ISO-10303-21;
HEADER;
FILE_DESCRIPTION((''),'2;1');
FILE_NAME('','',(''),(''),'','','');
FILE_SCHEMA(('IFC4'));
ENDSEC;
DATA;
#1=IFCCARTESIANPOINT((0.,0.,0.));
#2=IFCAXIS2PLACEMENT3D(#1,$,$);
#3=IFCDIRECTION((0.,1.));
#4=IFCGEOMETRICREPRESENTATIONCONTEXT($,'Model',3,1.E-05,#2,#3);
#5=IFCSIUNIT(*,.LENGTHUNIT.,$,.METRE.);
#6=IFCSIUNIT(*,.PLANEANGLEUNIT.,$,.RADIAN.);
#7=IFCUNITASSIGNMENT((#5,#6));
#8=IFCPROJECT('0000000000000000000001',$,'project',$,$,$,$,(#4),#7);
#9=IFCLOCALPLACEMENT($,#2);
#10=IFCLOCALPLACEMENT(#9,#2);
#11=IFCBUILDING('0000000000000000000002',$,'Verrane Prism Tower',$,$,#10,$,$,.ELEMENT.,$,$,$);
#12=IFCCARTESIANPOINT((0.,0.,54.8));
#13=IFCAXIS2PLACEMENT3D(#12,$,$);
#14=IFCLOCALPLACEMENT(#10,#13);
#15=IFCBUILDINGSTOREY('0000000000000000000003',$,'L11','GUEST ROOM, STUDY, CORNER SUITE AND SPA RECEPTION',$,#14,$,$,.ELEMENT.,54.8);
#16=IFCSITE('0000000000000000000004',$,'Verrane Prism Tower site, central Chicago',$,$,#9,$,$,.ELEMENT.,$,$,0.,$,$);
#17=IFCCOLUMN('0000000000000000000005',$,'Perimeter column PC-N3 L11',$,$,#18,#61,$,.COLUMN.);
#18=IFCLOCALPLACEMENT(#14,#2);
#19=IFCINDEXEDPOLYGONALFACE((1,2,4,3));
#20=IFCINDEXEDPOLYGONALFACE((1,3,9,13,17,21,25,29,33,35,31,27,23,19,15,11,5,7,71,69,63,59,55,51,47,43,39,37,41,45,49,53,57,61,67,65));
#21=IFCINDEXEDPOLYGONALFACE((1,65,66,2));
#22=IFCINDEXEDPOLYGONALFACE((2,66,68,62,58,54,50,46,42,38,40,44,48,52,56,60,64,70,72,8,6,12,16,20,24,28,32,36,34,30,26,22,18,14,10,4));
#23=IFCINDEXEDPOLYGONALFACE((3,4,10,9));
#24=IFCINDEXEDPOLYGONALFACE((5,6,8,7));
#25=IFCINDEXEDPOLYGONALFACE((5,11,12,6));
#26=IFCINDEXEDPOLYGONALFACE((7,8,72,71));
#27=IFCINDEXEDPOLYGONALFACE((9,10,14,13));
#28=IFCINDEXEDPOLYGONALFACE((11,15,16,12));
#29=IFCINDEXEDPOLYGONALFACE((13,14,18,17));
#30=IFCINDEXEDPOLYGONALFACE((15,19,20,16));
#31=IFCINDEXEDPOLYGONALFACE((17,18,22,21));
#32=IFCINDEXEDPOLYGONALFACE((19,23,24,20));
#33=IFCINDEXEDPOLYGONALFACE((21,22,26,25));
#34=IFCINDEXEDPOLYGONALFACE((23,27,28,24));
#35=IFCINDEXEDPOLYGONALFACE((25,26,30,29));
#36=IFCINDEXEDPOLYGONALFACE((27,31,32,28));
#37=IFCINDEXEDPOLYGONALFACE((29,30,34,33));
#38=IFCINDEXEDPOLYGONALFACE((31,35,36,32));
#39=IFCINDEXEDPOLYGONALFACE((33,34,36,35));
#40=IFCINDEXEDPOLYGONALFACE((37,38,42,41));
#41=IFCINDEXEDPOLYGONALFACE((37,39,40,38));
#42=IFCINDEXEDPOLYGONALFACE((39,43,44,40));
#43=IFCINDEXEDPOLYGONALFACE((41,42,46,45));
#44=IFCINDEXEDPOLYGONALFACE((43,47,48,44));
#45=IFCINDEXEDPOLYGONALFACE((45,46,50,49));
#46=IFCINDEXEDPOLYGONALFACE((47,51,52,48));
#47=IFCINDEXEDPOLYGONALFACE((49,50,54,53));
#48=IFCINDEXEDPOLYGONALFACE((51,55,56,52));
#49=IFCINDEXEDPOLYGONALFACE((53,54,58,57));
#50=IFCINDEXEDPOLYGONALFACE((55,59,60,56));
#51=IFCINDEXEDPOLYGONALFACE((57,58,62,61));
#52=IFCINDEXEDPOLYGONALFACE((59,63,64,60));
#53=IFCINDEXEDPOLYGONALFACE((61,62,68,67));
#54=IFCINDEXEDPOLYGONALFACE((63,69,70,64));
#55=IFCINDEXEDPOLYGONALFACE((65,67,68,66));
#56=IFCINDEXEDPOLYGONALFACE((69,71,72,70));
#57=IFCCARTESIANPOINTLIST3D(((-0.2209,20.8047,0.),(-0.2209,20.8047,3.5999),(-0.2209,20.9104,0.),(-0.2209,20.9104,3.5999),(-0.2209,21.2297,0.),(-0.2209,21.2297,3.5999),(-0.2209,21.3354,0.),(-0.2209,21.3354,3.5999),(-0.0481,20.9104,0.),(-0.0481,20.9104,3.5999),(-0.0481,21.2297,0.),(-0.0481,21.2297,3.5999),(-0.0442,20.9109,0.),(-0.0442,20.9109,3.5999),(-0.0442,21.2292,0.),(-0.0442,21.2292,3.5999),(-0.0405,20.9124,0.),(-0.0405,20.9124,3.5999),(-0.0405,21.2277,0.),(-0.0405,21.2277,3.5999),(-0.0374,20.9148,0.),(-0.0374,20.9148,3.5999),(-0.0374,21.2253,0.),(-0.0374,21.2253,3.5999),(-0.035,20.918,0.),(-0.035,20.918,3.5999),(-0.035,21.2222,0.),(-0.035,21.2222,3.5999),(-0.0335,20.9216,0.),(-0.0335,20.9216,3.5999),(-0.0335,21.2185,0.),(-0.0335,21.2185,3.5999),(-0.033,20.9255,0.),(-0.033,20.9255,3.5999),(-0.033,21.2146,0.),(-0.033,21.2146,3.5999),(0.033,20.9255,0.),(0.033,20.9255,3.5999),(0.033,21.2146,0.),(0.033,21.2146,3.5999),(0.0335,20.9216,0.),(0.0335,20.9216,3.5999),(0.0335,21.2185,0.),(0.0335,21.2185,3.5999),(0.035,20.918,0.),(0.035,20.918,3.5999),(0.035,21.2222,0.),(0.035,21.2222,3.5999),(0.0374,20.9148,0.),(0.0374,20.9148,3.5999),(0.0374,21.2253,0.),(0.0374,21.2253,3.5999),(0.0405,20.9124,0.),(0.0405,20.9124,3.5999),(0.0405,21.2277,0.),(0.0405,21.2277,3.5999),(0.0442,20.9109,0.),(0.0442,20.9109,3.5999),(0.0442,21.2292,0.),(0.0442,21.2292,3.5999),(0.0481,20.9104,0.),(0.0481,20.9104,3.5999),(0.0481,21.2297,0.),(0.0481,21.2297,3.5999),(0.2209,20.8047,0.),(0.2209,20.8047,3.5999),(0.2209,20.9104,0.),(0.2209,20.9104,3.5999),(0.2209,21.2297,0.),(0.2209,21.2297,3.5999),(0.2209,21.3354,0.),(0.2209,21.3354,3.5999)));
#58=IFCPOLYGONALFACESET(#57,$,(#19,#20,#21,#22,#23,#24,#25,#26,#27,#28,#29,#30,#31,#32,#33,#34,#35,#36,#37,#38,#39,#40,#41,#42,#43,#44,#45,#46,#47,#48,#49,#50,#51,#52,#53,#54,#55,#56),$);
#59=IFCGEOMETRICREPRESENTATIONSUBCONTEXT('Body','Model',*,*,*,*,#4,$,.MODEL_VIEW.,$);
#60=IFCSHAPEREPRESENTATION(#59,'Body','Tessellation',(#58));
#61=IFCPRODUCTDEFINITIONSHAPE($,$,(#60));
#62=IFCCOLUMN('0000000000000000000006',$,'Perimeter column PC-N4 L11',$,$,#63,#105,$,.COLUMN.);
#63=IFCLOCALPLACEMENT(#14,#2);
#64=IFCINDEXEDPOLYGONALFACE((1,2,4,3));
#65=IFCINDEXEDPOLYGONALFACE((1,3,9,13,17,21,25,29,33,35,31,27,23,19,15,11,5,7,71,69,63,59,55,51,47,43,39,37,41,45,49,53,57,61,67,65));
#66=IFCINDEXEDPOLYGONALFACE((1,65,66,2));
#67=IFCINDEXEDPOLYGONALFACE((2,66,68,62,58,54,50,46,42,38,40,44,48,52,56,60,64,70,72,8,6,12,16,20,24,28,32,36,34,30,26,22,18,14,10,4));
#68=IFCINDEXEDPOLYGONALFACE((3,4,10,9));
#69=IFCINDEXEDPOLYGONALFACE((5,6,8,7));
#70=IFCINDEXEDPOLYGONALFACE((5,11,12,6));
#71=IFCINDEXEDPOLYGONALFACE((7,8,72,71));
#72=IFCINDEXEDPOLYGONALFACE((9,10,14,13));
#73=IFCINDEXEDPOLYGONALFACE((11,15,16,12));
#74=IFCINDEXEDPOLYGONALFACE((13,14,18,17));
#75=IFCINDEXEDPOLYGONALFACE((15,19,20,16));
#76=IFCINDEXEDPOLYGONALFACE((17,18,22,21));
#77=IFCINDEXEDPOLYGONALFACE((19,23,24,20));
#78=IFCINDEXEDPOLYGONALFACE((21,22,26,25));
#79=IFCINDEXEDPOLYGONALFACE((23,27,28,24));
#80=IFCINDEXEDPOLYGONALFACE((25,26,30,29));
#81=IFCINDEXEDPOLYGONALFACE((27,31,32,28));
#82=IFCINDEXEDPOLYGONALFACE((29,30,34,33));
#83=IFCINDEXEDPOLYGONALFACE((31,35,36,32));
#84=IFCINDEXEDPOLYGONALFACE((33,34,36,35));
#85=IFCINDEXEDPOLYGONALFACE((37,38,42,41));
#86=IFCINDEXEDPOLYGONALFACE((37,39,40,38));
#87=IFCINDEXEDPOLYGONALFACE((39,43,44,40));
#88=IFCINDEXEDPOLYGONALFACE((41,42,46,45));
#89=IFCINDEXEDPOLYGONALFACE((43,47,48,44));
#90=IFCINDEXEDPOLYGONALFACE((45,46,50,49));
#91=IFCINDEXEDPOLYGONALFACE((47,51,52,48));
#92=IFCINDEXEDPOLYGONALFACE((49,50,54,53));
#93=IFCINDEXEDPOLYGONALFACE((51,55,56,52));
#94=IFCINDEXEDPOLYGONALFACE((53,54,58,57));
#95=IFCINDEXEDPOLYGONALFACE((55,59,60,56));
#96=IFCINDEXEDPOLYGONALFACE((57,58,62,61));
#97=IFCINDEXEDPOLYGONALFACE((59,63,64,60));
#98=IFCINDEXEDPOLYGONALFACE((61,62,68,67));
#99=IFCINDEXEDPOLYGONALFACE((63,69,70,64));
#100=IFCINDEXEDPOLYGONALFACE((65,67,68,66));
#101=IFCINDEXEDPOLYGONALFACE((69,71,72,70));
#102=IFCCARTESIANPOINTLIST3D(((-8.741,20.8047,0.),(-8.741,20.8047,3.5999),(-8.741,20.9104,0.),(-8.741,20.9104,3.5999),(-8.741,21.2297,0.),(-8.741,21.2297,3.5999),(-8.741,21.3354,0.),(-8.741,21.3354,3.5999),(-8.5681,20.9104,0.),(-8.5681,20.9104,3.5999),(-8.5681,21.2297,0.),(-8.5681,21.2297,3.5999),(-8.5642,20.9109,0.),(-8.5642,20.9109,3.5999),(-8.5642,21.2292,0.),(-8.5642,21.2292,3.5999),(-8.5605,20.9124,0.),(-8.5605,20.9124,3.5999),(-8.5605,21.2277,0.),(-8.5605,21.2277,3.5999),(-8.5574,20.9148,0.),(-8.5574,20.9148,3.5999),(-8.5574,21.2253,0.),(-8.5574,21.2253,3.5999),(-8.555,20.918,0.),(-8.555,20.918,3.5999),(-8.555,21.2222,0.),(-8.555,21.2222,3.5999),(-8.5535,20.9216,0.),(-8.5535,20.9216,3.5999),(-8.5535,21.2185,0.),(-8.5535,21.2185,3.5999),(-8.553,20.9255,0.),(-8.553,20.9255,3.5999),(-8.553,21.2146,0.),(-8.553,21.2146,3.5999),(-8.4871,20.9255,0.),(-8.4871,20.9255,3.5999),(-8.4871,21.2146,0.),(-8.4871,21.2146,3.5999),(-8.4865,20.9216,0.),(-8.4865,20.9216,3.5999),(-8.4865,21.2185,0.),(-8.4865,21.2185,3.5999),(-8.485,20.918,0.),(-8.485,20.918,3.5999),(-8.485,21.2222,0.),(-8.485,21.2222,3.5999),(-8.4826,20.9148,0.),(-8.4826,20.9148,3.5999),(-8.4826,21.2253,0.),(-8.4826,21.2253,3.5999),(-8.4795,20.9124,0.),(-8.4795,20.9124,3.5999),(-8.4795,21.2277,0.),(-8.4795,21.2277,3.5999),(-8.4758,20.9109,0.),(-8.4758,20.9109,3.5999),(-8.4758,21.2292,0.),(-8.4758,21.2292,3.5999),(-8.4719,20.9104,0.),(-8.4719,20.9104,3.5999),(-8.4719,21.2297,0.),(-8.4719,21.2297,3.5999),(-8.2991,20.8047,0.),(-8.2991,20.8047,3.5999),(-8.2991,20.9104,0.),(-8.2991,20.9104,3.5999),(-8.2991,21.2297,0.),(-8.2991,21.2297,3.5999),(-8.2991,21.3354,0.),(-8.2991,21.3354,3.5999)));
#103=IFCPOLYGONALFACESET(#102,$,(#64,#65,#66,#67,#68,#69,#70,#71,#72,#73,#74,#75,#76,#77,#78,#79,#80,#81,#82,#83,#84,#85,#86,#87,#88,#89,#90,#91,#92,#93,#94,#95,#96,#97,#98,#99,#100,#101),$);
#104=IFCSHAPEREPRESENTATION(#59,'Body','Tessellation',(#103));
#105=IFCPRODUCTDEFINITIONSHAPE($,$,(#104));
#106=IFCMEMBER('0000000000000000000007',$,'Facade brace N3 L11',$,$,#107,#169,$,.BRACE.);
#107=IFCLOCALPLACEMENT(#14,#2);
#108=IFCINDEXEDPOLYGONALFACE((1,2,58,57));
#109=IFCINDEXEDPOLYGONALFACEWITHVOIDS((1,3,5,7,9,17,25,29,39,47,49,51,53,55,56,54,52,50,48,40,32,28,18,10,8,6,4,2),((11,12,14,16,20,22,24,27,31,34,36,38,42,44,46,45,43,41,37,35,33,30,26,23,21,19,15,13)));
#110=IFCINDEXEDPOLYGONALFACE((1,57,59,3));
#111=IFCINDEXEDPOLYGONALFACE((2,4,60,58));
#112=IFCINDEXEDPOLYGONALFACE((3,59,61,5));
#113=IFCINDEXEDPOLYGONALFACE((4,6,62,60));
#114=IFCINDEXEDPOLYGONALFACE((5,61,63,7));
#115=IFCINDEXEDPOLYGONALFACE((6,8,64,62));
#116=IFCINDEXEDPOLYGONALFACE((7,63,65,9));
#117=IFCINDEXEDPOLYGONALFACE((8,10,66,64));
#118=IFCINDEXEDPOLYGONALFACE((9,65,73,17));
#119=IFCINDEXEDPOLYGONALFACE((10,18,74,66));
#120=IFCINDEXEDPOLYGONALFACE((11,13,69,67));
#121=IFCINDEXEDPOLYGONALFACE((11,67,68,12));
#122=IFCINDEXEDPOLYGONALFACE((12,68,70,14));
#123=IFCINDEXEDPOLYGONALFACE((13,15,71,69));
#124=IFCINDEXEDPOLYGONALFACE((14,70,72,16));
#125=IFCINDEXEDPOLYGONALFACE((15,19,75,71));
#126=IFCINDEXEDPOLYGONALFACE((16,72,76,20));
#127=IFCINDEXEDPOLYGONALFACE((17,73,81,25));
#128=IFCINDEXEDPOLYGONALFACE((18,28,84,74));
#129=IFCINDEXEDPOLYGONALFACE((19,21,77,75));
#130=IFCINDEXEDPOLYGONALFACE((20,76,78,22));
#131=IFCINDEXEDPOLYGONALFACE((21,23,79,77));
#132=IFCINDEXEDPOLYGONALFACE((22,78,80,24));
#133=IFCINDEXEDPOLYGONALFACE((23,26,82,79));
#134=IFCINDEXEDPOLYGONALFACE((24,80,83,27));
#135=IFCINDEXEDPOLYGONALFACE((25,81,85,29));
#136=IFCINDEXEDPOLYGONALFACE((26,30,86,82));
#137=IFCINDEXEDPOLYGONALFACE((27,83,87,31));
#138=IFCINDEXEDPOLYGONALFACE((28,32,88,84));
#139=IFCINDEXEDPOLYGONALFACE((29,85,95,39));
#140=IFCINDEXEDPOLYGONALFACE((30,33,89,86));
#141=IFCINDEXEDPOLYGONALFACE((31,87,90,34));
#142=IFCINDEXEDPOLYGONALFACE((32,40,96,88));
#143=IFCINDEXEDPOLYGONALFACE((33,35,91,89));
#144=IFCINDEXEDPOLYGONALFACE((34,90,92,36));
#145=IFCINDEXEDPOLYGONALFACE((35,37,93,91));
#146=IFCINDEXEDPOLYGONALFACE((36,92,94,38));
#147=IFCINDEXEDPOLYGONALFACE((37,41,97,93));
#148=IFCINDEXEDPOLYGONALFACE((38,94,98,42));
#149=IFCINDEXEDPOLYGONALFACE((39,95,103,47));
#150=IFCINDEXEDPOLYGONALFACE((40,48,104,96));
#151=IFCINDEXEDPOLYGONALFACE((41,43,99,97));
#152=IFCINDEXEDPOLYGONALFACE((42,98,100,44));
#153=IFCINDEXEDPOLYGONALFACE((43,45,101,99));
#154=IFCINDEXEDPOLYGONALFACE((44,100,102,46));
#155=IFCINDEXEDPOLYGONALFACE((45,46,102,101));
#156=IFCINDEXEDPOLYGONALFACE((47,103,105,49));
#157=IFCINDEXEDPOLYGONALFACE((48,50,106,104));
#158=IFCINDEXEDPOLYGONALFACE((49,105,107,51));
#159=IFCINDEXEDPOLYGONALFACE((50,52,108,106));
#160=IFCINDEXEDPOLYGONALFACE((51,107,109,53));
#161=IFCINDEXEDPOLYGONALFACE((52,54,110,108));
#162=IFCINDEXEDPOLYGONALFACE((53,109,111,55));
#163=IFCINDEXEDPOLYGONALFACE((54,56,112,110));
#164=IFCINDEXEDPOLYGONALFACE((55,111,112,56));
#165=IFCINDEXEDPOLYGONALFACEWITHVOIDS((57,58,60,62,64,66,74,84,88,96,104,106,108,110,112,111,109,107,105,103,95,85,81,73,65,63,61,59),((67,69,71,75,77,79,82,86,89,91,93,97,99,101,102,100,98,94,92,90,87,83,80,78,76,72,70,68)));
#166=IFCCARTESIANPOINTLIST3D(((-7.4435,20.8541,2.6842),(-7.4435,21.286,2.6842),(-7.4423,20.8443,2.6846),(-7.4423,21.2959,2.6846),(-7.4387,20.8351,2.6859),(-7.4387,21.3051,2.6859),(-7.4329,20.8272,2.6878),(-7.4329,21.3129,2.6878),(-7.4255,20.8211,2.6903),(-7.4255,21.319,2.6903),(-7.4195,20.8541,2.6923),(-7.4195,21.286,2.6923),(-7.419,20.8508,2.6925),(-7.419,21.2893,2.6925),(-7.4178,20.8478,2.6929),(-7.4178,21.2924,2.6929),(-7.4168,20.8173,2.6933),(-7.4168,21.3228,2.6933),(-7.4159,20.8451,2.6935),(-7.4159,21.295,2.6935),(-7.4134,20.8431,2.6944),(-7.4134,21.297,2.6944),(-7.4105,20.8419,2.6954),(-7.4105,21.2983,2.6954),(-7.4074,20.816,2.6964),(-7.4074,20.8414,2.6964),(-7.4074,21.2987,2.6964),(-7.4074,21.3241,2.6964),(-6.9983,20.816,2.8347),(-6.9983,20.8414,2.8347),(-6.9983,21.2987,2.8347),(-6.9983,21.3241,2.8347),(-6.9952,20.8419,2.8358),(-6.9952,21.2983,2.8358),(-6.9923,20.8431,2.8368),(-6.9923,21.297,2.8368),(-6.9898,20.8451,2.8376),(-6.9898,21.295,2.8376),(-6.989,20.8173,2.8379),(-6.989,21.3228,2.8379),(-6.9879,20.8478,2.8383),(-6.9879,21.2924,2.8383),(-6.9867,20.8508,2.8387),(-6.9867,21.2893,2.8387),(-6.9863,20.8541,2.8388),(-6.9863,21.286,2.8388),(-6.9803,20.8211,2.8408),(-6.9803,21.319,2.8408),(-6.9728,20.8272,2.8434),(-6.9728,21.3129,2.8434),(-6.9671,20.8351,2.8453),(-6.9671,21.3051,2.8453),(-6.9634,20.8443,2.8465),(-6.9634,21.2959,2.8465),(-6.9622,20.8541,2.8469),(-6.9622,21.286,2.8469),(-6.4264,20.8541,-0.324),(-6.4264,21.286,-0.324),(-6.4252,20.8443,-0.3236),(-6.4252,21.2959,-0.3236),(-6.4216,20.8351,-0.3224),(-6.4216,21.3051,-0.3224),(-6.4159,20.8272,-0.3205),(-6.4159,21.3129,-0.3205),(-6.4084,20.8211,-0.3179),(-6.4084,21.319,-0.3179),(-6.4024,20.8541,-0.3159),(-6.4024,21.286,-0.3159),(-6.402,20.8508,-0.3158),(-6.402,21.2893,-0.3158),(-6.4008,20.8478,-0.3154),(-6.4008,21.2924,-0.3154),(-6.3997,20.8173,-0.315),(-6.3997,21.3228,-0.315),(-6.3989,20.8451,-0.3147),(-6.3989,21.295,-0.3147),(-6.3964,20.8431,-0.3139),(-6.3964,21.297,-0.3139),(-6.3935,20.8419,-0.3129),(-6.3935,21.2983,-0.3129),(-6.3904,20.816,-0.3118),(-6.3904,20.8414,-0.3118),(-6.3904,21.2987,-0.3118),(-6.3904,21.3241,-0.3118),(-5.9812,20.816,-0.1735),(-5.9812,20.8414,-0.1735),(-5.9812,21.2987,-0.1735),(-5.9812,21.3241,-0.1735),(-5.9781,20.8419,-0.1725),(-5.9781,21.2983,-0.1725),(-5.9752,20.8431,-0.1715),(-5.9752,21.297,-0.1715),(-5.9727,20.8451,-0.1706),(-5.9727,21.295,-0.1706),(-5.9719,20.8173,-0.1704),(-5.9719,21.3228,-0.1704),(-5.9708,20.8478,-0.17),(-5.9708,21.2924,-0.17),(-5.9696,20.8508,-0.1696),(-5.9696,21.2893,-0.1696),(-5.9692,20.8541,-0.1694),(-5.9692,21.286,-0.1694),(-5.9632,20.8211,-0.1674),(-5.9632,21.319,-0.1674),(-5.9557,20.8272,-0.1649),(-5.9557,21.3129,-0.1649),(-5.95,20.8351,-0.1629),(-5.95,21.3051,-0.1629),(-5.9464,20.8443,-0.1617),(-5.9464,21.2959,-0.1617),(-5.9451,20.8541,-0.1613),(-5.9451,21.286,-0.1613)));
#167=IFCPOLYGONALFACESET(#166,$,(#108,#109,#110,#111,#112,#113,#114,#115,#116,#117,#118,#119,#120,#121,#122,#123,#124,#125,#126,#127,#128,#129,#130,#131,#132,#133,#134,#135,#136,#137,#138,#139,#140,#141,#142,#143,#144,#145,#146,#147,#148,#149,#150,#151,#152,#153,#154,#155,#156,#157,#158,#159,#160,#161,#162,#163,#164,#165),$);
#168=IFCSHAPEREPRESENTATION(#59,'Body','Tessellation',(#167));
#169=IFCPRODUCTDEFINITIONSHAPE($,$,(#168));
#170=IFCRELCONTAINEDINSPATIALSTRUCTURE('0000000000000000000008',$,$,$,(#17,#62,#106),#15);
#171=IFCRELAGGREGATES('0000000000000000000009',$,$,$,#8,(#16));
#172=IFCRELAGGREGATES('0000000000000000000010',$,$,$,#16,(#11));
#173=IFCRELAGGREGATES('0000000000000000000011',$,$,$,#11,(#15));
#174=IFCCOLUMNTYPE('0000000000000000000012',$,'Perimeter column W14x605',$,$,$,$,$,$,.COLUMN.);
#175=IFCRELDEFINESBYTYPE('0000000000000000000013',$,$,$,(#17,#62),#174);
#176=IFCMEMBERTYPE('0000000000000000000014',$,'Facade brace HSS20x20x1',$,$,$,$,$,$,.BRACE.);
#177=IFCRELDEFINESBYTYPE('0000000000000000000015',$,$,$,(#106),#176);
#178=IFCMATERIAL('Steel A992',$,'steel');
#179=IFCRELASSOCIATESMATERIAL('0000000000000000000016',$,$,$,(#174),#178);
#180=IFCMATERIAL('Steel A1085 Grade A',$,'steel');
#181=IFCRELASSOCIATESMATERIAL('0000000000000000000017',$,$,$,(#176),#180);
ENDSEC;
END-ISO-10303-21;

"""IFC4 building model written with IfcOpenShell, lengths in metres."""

from ifc_helpers import new_model, si_unit, direction, frame, origin, origin_2d, place, context, subcontext, project, spatial, hollow_rectangle, i_section, extrude, material, material_profile, profile_set, type_object, element, save


model = new_model("IFC4")

# Units and contexts
model_context = context("Model", 3, precision=1e-05, world=origin(), true_north=direction((0.0, 1.0)))
body_context = subcontext(model_context, "Body", "Model", "MODEL_VIEW")
ifc_project = project(units=[si_unit("LENGTHUNIT", "METRE"), si_unit("PLANEANGLEUNIT", "RADIAN")], contexts=[model_context])

# Site, building, storey
site_placement = place(None, origin())
site = spatial("IfcSite", under=ifc_project, at=site_placement, Name="Verrane Prism Tower site, central Chicago", CompositionType="ELEMENT", RefElevation=0.0)
building_placement = place(site_placement, origin())
building = spatial("IfcBuilding", under=site, at=building_placement, Name="Verrane Prism Tower", CompositionType="ELEMENT")
storey_placement = place(building_placement, frame((0.0, 0.0, 54.8)))
storey = spatial("IfcBuildingStorey", under=building, at=storey_placement, Name="L11", Description="GUEST ROOM, STUDY, CORNER SUITE AND SPA RECEPTION", CompositionType="ELEMENT", Elevation=54.8)

# Columns
ifc_material_1 = material(Name="Steel A992", Category="steel")
ifc_material_profile_1 = material_profile(ifc_material_1, i_section(OverallWidth=0.4419, OverallDepth=0.5308, WebThickness=0.0659, FlangeThickness=0.1057, FilletRadius=0.0151, at=origin_2d()), Name="W14x605")
ifc_profile_set_1 = profile_set([ifc_material_profile_1], Name="Steel A992")
column_type = type_object("IfcColumnType", Name="Perimeter column W14x605", PredefinedType="COLUMN", material=ifc_profile_set_1)
for number, where, z_axis, x_axis, name in (
    (1, (0.0, 21.0701, 0.0), (0.0, 0.0, 1.0), (1.0, 0.0, 0.0), "Perimeter column PC-N3 L11"),
    (2, (-8.52, 21.0701, 0.0), (0.0, 0.0, 1.0), (1.0, 0.0, 0.0), "Perimeter column PC-N4 L11"),
):
    element("IfcColumn", number, at=place(storey_placement, frame(where, z_axis=z_axis, x_axis=x_axis)), inside=storey, type_object=column_type, Name=name, PredefinedType="COLUMN", context=body_context, shape_type="SweptSolid", body=[
        extrude(i_section(OverallWidth=0.4419, OverallDepth=0.5308, WebThickness=0.0659, FlangeThickness=0.1057, FilletRadius=0.0151, at=origin_2d()), origin(), (0.0, 0.0, 1.0), 3.5999),
    ])

# Member
ifc_material_2 = material(Name="Steel A1085 Grade A", Category="steel")
ifc_material_profile_2 = material_profile(ifc_material_2, hollow_rectangle(XDim=0.5081, YDim=0.5081, WallThickness=0.0254, InnerFilletRadius=0.0127, OuterFilletRadius=0.0381, at=origin_2d()), Name="HSS20x20x1")
ifc_profile_set_2 = profile_set([ifc_material_profile_2], Name="Steel A1085 Grade A")
member_type_1 = type_object("IfcMemberType", Name="Facade brace HSS20x20x1", PredefinedType="BRACE", material=ifc_profile_set_2)
member_1_placement = place(storey_placement, frame((-6.1858, 21.0701, -0.2427), z_axis=(-0.320284, 0.0, 0.947322), x_axis=(0.0, -1.0, 0.0)))
element("IfcMember", 3, at=member_1_placement, inside=storey, type_object=member_type_1, Name="Facade brace N3 L11", PredefinedType="BRACE", context=body_context, shape_type="SweptSolid", body=[
    extrude(hollow_rectangle(XDim=0.5081, YDim=0.5081, WallThickness=0.0254, InnerFilletRadius=0.0127, OuterFilletRadius=0.0381, at=origin_2d()), origin(), (0.0, 0.0, 1.0), 3.1755),
])

save(model, "model.ifc")
